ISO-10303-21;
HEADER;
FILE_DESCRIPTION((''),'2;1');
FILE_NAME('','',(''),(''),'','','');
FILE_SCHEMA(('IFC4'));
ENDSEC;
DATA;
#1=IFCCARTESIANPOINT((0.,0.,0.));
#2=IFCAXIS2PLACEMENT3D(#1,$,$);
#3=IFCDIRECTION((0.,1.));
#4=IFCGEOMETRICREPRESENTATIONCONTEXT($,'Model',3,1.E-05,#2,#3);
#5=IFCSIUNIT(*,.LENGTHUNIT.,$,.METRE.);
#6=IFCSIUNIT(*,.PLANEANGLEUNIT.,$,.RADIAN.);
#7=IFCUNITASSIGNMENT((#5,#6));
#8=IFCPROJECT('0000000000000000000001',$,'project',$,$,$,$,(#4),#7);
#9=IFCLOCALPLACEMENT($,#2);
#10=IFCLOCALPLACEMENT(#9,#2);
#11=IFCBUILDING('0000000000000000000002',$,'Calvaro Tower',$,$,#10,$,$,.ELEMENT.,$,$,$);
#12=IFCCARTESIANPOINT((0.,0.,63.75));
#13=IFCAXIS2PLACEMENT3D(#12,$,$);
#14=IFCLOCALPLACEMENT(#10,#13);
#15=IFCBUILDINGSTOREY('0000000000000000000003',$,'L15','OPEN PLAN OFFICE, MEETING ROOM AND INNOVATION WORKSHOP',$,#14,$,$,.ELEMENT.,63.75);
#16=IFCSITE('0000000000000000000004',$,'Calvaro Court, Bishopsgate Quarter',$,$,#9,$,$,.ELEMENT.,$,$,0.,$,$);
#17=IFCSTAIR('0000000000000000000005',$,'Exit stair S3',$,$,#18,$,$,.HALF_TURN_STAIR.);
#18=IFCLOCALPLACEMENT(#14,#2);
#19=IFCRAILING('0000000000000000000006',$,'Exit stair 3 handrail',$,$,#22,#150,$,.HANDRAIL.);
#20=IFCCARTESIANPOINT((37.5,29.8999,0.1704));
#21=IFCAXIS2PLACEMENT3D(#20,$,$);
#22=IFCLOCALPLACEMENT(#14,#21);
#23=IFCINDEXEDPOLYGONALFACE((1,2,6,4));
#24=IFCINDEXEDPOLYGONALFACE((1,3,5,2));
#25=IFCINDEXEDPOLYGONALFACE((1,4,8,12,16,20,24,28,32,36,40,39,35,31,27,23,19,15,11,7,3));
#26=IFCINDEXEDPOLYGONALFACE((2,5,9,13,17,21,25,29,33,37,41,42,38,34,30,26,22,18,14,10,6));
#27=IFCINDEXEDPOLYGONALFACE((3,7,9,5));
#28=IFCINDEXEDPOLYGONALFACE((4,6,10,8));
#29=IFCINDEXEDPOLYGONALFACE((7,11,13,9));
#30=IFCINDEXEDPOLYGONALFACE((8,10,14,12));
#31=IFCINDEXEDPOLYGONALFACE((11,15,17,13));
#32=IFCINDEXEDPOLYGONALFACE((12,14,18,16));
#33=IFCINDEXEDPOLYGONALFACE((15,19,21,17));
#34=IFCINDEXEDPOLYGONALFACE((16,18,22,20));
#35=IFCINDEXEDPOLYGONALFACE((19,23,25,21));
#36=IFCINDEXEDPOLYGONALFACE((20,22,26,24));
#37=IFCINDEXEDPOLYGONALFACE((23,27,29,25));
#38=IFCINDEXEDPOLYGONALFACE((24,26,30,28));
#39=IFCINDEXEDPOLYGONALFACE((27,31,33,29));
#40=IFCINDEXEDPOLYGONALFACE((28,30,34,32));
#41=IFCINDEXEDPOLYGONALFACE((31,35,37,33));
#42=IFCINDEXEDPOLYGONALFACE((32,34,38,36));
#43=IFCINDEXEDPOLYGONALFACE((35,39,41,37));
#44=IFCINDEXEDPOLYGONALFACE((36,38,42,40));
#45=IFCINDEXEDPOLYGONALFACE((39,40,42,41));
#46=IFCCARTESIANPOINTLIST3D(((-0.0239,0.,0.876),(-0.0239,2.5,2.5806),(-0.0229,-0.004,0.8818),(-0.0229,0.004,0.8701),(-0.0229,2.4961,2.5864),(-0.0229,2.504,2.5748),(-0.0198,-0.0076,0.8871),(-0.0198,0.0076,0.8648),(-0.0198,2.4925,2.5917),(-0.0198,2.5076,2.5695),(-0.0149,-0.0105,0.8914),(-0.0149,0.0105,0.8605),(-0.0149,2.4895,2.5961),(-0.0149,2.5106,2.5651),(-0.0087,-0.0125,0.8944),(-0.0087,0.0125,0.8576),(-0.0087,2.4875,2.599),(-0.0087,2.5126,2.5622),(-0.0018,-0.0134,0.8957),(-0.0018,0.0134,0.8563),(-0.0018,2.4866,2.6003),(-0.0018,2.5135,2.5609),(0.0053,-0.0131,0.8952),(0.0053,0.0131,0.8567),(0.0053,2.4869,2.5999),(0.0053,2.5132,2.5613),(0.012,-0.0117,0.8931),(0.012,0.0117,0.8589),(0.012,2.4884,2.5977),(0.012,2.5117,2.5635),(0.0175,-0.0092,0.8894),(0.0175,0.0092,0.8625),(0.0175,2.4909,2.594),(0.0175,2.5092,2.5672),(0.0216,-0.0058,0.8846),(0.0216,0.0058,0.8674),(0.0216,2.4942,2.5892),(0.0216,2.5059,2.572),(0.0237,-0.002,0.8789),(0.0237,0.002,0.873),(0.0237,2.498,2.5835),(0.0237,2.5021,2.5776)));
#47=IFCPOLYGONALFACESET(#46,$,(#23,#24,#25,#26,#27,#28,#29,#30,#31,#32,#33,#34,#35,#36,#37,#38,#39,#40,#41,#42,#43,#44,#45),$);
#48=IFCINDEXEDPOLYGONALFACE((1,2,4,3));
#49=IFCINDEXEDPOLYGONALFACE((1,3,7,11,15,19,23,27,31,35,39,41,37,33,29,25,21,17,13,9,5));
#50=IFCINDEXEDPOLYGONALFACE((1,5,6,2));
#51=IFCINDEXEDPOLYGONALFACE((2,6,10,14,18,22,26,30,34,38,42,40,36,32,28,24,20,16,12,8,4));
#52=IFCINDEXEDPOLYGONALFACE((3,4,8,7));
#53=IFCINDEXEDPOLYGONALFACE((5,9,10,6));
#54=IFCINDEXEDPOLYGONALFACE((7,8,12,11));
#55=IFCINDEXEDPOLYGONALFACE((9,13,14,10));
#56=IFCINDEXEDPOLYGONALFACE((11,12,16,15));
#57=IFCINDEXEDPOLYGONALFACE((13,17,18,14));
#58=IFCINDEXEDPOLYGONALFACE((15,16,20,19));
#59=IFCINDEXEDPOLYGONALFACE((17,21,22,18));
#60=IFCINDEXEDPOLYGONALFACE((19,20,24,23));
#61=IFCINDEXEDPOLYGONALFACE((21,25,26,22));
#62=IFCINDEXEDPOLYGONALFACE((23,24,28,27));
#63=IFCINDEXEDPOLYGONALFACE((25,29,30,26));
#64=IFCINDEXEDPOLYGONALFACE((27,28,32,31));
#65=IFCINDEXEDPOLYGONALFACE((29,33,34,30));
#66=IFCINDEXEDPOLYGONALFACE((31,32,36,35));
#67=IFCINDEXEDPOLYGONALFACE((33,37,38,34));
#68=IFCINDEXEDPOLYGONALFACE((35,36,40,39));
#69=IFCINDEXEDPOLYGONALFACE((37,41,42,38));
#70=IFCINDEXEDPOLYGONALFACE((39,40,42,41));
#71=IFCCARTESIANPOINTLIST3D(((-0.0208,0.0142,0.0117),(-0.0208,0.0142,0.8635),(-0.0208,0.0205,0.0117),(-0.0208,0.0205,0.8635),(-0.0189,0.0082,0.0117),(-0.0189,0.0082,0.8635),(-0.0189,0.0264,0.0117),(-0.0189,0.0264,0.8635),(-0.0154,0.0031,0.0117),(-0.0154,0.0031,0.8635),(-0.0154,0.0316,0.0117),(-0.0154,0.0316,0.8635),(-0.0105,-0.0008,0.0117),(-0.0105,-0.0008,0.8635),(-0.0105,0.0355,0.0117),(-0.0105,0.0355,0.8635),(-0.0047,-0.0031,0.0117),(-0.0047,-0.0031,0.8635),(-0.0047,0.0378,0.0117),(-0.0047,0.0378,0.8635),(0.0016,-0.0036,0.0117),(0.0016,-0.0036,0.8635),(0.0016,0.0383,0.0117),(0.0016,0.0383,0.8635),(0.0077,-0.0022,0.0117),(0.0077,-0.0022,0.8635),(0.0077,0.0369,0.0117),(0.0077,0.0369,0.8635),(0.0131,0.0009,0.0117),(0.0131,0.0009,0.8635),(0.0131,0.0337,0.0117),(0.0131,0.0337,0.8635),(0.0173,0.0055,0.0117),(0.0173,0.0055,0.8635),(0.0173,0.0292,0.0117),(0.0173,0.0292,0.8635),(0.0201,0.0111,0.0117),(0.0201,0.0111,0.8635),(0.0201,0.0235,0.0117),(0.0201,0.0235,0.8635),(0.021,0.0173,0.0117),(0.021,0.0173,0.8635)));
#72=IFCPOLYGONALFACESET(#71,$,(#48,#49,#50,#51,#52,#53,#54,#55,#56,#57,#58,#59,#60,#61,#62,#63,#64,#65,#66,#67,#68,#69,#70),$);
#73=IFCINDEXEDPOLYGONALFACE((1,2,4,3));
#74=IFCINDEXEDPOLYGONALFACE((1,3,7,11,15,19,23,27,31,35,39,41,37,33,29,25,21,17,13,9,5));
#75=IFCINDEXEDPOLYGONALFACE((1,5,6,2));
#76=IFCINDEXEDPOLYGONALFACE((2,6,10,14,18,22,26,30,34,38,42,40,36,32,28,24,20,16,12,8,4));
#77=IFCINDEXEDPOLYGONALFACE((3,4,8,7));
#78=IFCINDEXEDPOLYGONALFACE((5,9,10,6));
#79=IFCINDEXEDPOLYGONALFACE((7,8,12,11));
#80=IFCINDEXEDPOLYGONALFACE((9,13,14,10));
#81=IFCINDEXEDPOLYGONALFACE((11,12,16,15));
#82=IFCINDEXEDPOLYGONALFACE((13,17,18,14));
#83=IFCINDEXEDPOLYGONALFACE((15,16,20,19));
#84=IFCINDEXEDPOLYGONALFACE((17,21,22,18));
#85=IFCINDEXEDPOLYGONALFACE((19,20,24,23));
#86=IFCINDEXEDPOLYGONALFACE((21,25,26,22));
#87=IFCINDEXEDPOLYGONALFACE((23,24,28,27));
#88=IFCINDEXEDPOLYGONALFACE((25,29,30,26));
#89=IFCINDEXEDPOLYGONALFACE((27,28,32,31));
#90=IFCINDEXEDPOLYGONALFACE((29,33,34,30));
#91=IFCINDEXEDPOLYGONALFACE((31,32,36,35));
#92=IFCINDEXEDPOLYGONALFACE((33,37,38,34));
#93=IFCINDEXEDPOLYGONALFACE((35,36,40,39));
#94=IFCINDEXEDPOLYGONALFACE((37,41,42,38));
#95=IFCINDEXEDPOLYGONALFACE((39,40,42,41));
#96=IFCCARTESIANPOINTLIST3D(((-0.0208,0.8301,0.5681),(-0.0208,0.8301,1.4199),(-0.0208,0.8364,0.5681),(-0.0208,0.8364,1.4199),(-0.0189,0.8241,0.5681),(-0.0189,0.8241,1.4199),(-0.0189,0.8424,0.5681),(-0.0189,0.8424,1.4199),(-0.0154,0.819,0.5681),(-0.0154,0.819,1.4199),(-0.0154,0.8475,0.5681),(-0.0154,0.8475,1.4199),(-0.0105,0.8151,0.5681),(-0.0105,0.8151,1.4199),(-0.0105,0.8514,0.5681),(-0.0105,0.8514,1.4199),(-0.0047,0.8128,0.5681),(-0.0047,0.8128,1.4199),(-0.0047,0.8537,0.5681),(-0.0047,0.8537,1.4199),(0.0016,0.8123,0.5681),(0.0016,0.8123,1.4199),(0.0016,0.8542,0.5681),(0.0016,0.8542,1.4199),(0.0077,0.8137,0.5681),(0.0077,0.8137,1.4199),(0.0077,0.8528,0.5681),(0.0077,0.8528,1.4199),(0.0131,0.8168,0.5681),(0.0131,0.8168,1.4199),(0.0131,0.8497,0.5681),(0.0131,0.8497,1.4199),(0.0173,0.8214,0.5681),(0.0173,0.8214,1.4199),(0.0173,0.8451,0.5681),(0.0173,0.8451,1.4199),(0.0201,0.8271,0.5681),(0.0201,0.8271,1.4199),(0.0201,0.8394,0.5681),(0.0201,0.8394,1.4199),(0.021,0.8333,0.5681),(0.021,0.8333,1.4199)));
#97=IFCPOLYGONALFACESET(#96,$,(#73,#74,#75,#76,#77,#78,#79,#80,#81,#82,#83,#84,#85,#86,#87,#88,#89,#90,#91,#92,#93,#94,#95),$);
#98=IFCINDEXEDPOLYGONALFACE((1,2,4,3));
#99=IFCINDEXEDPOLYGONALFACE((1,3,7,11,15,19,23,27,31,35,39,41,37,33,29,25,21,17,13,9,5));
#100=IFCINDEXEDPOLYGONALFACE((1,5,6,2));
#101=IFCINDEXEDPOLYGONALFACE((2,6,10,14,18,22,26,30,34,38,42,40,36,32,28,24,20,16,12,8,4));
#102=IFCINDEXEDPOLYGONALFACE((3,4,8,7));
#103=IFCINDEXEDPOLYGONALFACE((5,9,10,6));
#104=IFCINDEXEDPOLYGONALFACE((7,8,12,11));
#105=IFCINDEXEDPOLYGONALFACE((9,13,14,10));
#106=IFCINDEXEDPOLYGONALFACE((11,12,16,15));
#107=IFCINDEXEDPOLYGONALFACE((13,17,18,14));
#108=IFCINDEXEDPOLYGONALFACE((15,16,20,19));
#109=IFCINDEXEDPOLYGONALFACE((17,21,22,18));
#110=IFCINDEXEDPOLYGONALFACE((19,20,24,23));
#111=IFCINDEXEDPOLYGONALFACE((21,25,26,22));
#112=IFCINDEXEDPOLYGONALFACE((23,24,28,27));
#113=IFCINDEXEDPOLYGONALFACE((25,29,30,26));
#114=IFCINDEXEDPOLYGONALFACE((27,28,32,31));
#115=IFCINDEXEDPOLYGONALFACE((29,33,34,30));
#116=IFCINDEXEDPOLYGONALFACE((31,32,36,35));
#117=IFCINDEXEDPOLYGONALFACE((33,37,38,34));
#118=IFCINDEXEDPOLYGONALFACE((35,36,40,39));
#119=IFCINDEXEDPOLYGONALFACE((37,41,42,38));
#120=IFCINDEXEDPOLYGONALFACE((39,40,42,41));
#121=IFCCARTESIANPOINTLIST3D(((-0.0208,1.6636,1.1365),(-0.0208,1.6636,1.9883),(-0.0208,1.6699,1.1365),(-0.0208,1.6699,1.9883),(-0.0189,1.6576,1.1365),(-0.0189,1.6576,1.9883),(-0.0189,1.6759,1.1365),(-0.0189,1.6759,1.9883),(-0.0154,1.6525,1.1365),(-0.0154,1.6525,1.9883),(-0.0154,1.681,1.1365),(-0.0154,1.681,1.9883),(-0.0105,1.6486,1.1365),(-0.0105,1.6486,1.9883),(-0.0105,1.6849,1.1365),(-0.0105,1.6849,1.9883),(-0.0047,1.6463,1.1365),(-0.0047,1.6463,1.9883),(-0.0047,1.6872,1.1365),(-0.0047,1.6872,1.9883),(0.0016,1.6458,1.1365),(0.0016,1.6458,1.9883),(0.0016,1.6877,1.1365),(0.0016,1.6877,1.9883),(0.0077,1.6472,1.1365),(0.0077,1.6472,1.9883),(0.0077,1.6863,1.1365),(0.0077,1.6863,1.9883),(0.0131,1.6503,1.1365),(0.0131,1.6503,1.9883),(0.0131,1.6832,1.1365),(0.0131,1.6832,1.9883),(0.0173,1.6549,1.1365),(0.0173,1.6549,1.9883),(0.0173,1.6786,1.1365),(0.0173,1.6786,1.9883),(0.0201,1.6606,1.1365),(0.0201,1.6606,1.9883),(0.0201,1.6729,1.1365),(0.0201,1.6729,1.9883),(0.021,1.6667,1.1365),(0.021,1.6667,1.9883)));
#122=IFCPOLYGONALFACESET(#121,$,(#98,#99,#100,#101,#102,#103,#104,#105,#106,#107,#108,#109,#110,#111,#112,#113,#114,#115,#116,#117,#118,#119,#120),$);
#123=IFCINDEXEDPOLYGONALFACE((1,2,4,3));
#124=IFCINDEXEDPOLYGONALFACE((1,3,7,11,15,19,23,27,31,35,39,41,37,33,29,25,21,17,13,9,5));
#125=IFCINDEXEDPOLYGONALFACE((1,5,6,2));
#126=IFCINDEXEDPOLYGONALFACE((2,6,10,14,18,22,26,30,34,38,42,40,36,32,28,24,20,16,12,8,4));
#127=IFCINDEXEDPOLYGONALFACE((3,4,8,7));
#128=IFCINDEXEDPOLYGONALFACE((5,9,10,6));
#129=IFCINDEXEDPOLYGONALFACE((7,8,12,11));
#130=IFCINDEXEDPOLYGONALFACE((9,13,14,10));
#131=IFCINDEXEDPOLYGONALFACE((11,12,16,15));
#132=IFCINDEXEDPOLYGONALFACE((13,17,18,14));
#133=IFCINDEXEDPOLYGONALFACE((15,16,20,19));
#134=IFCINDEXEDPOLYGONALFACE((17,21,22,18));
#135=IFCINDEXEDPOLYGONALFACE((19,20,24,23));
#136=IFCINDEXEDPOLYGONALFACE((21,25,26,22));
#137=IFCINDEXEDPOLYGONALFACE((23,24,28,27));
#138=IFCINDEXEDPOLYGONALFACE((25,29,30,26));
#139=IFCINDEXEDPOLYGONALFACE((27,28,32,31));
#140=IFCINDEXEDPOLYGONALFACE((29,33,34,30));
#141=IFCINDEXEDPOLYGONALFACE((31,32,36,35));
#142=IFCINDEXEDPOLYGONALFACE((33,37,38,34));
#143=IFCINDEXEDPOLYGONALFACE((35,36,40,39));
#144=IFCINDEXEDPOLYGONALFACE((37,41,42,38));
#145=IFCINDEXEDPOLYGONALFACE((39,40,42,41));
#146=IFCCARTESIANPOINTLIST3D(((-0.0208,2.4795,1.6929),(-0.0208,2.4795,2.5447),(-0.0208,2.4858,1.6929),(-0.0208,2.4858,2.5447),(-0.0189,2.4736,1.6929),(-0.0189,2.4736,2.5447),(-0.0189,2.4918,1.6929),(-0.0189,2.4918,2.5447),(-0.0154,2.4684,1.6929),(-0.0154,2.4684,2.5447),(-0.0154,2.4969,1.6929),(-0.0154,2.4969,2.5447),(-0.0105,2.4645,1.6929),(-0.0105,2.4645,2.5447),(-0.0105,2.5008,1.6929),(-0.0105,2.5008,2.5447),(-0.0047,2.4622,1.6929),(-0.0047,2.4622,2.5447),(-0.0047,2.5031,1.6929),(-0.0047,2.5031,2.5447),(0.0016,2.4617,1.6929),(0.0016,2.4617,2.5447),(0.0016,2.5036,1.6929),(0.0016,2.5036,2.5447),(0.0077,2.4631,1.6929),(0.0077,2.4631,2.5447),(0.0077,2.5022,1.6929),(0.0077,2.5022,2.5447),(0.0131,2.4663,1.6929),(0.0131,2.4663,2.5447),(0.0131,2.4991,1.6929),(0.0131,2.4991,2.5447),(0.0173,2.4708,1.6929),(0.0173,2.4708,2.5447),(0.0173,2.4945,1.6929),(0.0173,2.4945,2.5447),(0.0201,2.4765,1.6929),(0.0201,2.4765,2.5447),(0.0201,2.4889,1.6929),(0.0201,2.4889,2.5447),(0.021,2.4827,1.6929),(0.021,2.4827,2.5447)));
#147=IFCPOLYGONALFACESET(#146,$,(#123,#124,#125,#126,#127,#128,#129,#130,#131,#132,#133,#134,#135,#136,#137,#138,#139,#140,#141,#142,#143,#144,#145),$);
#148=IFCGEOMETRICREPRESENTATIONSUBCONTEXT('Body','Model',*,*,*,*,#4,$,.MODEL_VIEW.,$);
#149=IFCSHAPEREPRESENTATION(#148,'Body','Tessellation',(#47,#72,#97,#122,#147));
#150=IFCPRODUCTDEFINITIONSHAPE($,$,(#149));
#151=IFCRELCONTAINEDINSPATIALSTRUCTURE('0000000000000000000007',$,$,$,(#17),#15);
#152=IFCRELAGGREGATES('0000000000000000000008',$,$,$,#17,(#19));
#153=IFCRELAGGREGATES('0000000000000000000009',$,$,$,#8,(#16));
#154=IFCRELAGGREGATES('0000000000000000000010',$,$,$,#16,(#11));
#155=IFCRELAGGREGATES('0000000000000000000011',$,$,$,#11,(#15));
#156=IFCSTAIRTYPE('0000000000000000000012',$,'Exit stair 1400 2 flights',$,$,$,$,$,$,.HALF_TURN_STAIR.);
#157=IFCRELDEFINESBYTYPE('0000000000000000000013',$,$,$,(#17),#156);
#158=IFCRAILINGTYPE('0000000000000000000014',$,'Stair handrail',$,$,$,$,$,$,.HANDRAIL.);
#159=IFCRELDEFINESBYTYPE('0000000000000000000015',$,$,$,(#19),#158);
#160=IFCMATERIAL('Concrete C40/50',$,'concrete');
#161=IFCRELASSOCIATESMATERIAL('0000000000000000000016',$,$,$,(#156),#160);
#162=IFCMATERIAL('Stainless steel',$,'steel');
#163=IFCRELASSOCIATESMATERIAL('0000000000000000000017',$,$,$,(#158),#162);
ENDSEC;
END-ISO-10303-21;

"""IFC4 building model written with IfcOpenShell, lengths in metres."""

from ifc_helpers import new_model, si_unit, direction, frame, origin, origin_2d, place, context, subcontext, project, spatial, circle, extrude, material, type_object, element, aggregate, save


model = new_model("IFC4")

# Units and contexts
model_context = context("Model", 3, precision=1e-05, world=origin(), true_north=direction((0.0, 1.0)))
body_context = subcontext(model_context, "Body", "Model", "MODEL_VIEW")
ifc_project = project(units=[si_unit("LENGTHUNIT", "METRE"), si_unit("PLANEANGLEUNIT", "RADIAN")], contexts=[model_context])

# Site, building, storey
site_placement = place(None, origin())
site = spatial("IfcSite", under=ifc_project, at=site_placement, Name="Calvaro Court, Bishopsgate Quarter", CompositionType="ELEMENT", RefElevation=0.0)
building_placement = place(site_placement, origin())
building = spatial("IfcBuilding", under=site, at=building_placement, Name="Calvaro Tower", CompositionType="ELEMENT")
storey_placement = place(building_placement, frame((0.0, 0.0, 63.75)))
storey = spatial("IfcBuildingStorey", under=building, at=storey_placement, Name="L15", Description="OPEN PLAN OFFICE, MEETING ROOM AND INNOVATION WORKSHOP", CompositionType="ELEMENT", Elevation=63.75)

# Stair
ifc_material_1 = material(Name="Concrete C40/50", Category="concrete")
stair_type = type_object("IfcStairType", Name="Exit stair 1400 2 flights", PredefinedType="HALF_TURN_STAIR", material=ifc_material_1)
stair_1_placement = place(storey_placement, origin())
stair_1 = element("IfcStair", 1, at=stair_1_placement, inside=storey, type_object=stair_type, Name="Exit stair S3", PredefinedType="HALF_TURN_STAIR")

# Railing
ifc_material_2 = material(Name="Stainless steel", Category="steel")
railing_type = type_object("IfcRailingType", Name="Stair handrail", PredefinedType="HANDRAIL", material=ifc_material_2)
railing_1_placement = place(storey_placement, frame((37.5, 29.8999, 0.1704)))
railing_1 = element("IfcRailing", 2, at=railing_1_placement, type_object=railing_type, Name="Exit stair 3 handrail", PredefinedType="HANDRAIL", context=body_context, shape_type="SweptSolid", body=[
    extrude(circle(Radius=0.0239, at=origin_2d()), frame((0.0, 0.0, 0.876), z_axis=(0.0, 0.826221, 0.563347), x_axis=(-1.0, 0.0, 0.0)), (0.0, 0.0, 1.0), 3.0259),
    extrude(circle(Radius=0.021, at=origin_2d()), frame((0.0, 0.0173, 0.0117)), (0.0, 0.0, 1.0), 0.8518),
    extrude(circle(Radius=0.021, at=origin_2d()), frame((0.0, 0.8333, 0.5681)), (0.0, 0.0, 1.0), 0.8518),
    extrude(circle(Radius=0.021, at=origin_2d()), frame((0.0, 1.6667, 1.1365)), (0.0, 0.0, 1.0), 0.8518),
    extrude(circle(Radius=0.021, at=origin_2d()), frame((0.0, 2.4827, 1.6929)), (0.0, 0.0, 1.0), 0.8518),
])
aggregate(stair_1, [railing_1])

save(model, "model.ifc")
